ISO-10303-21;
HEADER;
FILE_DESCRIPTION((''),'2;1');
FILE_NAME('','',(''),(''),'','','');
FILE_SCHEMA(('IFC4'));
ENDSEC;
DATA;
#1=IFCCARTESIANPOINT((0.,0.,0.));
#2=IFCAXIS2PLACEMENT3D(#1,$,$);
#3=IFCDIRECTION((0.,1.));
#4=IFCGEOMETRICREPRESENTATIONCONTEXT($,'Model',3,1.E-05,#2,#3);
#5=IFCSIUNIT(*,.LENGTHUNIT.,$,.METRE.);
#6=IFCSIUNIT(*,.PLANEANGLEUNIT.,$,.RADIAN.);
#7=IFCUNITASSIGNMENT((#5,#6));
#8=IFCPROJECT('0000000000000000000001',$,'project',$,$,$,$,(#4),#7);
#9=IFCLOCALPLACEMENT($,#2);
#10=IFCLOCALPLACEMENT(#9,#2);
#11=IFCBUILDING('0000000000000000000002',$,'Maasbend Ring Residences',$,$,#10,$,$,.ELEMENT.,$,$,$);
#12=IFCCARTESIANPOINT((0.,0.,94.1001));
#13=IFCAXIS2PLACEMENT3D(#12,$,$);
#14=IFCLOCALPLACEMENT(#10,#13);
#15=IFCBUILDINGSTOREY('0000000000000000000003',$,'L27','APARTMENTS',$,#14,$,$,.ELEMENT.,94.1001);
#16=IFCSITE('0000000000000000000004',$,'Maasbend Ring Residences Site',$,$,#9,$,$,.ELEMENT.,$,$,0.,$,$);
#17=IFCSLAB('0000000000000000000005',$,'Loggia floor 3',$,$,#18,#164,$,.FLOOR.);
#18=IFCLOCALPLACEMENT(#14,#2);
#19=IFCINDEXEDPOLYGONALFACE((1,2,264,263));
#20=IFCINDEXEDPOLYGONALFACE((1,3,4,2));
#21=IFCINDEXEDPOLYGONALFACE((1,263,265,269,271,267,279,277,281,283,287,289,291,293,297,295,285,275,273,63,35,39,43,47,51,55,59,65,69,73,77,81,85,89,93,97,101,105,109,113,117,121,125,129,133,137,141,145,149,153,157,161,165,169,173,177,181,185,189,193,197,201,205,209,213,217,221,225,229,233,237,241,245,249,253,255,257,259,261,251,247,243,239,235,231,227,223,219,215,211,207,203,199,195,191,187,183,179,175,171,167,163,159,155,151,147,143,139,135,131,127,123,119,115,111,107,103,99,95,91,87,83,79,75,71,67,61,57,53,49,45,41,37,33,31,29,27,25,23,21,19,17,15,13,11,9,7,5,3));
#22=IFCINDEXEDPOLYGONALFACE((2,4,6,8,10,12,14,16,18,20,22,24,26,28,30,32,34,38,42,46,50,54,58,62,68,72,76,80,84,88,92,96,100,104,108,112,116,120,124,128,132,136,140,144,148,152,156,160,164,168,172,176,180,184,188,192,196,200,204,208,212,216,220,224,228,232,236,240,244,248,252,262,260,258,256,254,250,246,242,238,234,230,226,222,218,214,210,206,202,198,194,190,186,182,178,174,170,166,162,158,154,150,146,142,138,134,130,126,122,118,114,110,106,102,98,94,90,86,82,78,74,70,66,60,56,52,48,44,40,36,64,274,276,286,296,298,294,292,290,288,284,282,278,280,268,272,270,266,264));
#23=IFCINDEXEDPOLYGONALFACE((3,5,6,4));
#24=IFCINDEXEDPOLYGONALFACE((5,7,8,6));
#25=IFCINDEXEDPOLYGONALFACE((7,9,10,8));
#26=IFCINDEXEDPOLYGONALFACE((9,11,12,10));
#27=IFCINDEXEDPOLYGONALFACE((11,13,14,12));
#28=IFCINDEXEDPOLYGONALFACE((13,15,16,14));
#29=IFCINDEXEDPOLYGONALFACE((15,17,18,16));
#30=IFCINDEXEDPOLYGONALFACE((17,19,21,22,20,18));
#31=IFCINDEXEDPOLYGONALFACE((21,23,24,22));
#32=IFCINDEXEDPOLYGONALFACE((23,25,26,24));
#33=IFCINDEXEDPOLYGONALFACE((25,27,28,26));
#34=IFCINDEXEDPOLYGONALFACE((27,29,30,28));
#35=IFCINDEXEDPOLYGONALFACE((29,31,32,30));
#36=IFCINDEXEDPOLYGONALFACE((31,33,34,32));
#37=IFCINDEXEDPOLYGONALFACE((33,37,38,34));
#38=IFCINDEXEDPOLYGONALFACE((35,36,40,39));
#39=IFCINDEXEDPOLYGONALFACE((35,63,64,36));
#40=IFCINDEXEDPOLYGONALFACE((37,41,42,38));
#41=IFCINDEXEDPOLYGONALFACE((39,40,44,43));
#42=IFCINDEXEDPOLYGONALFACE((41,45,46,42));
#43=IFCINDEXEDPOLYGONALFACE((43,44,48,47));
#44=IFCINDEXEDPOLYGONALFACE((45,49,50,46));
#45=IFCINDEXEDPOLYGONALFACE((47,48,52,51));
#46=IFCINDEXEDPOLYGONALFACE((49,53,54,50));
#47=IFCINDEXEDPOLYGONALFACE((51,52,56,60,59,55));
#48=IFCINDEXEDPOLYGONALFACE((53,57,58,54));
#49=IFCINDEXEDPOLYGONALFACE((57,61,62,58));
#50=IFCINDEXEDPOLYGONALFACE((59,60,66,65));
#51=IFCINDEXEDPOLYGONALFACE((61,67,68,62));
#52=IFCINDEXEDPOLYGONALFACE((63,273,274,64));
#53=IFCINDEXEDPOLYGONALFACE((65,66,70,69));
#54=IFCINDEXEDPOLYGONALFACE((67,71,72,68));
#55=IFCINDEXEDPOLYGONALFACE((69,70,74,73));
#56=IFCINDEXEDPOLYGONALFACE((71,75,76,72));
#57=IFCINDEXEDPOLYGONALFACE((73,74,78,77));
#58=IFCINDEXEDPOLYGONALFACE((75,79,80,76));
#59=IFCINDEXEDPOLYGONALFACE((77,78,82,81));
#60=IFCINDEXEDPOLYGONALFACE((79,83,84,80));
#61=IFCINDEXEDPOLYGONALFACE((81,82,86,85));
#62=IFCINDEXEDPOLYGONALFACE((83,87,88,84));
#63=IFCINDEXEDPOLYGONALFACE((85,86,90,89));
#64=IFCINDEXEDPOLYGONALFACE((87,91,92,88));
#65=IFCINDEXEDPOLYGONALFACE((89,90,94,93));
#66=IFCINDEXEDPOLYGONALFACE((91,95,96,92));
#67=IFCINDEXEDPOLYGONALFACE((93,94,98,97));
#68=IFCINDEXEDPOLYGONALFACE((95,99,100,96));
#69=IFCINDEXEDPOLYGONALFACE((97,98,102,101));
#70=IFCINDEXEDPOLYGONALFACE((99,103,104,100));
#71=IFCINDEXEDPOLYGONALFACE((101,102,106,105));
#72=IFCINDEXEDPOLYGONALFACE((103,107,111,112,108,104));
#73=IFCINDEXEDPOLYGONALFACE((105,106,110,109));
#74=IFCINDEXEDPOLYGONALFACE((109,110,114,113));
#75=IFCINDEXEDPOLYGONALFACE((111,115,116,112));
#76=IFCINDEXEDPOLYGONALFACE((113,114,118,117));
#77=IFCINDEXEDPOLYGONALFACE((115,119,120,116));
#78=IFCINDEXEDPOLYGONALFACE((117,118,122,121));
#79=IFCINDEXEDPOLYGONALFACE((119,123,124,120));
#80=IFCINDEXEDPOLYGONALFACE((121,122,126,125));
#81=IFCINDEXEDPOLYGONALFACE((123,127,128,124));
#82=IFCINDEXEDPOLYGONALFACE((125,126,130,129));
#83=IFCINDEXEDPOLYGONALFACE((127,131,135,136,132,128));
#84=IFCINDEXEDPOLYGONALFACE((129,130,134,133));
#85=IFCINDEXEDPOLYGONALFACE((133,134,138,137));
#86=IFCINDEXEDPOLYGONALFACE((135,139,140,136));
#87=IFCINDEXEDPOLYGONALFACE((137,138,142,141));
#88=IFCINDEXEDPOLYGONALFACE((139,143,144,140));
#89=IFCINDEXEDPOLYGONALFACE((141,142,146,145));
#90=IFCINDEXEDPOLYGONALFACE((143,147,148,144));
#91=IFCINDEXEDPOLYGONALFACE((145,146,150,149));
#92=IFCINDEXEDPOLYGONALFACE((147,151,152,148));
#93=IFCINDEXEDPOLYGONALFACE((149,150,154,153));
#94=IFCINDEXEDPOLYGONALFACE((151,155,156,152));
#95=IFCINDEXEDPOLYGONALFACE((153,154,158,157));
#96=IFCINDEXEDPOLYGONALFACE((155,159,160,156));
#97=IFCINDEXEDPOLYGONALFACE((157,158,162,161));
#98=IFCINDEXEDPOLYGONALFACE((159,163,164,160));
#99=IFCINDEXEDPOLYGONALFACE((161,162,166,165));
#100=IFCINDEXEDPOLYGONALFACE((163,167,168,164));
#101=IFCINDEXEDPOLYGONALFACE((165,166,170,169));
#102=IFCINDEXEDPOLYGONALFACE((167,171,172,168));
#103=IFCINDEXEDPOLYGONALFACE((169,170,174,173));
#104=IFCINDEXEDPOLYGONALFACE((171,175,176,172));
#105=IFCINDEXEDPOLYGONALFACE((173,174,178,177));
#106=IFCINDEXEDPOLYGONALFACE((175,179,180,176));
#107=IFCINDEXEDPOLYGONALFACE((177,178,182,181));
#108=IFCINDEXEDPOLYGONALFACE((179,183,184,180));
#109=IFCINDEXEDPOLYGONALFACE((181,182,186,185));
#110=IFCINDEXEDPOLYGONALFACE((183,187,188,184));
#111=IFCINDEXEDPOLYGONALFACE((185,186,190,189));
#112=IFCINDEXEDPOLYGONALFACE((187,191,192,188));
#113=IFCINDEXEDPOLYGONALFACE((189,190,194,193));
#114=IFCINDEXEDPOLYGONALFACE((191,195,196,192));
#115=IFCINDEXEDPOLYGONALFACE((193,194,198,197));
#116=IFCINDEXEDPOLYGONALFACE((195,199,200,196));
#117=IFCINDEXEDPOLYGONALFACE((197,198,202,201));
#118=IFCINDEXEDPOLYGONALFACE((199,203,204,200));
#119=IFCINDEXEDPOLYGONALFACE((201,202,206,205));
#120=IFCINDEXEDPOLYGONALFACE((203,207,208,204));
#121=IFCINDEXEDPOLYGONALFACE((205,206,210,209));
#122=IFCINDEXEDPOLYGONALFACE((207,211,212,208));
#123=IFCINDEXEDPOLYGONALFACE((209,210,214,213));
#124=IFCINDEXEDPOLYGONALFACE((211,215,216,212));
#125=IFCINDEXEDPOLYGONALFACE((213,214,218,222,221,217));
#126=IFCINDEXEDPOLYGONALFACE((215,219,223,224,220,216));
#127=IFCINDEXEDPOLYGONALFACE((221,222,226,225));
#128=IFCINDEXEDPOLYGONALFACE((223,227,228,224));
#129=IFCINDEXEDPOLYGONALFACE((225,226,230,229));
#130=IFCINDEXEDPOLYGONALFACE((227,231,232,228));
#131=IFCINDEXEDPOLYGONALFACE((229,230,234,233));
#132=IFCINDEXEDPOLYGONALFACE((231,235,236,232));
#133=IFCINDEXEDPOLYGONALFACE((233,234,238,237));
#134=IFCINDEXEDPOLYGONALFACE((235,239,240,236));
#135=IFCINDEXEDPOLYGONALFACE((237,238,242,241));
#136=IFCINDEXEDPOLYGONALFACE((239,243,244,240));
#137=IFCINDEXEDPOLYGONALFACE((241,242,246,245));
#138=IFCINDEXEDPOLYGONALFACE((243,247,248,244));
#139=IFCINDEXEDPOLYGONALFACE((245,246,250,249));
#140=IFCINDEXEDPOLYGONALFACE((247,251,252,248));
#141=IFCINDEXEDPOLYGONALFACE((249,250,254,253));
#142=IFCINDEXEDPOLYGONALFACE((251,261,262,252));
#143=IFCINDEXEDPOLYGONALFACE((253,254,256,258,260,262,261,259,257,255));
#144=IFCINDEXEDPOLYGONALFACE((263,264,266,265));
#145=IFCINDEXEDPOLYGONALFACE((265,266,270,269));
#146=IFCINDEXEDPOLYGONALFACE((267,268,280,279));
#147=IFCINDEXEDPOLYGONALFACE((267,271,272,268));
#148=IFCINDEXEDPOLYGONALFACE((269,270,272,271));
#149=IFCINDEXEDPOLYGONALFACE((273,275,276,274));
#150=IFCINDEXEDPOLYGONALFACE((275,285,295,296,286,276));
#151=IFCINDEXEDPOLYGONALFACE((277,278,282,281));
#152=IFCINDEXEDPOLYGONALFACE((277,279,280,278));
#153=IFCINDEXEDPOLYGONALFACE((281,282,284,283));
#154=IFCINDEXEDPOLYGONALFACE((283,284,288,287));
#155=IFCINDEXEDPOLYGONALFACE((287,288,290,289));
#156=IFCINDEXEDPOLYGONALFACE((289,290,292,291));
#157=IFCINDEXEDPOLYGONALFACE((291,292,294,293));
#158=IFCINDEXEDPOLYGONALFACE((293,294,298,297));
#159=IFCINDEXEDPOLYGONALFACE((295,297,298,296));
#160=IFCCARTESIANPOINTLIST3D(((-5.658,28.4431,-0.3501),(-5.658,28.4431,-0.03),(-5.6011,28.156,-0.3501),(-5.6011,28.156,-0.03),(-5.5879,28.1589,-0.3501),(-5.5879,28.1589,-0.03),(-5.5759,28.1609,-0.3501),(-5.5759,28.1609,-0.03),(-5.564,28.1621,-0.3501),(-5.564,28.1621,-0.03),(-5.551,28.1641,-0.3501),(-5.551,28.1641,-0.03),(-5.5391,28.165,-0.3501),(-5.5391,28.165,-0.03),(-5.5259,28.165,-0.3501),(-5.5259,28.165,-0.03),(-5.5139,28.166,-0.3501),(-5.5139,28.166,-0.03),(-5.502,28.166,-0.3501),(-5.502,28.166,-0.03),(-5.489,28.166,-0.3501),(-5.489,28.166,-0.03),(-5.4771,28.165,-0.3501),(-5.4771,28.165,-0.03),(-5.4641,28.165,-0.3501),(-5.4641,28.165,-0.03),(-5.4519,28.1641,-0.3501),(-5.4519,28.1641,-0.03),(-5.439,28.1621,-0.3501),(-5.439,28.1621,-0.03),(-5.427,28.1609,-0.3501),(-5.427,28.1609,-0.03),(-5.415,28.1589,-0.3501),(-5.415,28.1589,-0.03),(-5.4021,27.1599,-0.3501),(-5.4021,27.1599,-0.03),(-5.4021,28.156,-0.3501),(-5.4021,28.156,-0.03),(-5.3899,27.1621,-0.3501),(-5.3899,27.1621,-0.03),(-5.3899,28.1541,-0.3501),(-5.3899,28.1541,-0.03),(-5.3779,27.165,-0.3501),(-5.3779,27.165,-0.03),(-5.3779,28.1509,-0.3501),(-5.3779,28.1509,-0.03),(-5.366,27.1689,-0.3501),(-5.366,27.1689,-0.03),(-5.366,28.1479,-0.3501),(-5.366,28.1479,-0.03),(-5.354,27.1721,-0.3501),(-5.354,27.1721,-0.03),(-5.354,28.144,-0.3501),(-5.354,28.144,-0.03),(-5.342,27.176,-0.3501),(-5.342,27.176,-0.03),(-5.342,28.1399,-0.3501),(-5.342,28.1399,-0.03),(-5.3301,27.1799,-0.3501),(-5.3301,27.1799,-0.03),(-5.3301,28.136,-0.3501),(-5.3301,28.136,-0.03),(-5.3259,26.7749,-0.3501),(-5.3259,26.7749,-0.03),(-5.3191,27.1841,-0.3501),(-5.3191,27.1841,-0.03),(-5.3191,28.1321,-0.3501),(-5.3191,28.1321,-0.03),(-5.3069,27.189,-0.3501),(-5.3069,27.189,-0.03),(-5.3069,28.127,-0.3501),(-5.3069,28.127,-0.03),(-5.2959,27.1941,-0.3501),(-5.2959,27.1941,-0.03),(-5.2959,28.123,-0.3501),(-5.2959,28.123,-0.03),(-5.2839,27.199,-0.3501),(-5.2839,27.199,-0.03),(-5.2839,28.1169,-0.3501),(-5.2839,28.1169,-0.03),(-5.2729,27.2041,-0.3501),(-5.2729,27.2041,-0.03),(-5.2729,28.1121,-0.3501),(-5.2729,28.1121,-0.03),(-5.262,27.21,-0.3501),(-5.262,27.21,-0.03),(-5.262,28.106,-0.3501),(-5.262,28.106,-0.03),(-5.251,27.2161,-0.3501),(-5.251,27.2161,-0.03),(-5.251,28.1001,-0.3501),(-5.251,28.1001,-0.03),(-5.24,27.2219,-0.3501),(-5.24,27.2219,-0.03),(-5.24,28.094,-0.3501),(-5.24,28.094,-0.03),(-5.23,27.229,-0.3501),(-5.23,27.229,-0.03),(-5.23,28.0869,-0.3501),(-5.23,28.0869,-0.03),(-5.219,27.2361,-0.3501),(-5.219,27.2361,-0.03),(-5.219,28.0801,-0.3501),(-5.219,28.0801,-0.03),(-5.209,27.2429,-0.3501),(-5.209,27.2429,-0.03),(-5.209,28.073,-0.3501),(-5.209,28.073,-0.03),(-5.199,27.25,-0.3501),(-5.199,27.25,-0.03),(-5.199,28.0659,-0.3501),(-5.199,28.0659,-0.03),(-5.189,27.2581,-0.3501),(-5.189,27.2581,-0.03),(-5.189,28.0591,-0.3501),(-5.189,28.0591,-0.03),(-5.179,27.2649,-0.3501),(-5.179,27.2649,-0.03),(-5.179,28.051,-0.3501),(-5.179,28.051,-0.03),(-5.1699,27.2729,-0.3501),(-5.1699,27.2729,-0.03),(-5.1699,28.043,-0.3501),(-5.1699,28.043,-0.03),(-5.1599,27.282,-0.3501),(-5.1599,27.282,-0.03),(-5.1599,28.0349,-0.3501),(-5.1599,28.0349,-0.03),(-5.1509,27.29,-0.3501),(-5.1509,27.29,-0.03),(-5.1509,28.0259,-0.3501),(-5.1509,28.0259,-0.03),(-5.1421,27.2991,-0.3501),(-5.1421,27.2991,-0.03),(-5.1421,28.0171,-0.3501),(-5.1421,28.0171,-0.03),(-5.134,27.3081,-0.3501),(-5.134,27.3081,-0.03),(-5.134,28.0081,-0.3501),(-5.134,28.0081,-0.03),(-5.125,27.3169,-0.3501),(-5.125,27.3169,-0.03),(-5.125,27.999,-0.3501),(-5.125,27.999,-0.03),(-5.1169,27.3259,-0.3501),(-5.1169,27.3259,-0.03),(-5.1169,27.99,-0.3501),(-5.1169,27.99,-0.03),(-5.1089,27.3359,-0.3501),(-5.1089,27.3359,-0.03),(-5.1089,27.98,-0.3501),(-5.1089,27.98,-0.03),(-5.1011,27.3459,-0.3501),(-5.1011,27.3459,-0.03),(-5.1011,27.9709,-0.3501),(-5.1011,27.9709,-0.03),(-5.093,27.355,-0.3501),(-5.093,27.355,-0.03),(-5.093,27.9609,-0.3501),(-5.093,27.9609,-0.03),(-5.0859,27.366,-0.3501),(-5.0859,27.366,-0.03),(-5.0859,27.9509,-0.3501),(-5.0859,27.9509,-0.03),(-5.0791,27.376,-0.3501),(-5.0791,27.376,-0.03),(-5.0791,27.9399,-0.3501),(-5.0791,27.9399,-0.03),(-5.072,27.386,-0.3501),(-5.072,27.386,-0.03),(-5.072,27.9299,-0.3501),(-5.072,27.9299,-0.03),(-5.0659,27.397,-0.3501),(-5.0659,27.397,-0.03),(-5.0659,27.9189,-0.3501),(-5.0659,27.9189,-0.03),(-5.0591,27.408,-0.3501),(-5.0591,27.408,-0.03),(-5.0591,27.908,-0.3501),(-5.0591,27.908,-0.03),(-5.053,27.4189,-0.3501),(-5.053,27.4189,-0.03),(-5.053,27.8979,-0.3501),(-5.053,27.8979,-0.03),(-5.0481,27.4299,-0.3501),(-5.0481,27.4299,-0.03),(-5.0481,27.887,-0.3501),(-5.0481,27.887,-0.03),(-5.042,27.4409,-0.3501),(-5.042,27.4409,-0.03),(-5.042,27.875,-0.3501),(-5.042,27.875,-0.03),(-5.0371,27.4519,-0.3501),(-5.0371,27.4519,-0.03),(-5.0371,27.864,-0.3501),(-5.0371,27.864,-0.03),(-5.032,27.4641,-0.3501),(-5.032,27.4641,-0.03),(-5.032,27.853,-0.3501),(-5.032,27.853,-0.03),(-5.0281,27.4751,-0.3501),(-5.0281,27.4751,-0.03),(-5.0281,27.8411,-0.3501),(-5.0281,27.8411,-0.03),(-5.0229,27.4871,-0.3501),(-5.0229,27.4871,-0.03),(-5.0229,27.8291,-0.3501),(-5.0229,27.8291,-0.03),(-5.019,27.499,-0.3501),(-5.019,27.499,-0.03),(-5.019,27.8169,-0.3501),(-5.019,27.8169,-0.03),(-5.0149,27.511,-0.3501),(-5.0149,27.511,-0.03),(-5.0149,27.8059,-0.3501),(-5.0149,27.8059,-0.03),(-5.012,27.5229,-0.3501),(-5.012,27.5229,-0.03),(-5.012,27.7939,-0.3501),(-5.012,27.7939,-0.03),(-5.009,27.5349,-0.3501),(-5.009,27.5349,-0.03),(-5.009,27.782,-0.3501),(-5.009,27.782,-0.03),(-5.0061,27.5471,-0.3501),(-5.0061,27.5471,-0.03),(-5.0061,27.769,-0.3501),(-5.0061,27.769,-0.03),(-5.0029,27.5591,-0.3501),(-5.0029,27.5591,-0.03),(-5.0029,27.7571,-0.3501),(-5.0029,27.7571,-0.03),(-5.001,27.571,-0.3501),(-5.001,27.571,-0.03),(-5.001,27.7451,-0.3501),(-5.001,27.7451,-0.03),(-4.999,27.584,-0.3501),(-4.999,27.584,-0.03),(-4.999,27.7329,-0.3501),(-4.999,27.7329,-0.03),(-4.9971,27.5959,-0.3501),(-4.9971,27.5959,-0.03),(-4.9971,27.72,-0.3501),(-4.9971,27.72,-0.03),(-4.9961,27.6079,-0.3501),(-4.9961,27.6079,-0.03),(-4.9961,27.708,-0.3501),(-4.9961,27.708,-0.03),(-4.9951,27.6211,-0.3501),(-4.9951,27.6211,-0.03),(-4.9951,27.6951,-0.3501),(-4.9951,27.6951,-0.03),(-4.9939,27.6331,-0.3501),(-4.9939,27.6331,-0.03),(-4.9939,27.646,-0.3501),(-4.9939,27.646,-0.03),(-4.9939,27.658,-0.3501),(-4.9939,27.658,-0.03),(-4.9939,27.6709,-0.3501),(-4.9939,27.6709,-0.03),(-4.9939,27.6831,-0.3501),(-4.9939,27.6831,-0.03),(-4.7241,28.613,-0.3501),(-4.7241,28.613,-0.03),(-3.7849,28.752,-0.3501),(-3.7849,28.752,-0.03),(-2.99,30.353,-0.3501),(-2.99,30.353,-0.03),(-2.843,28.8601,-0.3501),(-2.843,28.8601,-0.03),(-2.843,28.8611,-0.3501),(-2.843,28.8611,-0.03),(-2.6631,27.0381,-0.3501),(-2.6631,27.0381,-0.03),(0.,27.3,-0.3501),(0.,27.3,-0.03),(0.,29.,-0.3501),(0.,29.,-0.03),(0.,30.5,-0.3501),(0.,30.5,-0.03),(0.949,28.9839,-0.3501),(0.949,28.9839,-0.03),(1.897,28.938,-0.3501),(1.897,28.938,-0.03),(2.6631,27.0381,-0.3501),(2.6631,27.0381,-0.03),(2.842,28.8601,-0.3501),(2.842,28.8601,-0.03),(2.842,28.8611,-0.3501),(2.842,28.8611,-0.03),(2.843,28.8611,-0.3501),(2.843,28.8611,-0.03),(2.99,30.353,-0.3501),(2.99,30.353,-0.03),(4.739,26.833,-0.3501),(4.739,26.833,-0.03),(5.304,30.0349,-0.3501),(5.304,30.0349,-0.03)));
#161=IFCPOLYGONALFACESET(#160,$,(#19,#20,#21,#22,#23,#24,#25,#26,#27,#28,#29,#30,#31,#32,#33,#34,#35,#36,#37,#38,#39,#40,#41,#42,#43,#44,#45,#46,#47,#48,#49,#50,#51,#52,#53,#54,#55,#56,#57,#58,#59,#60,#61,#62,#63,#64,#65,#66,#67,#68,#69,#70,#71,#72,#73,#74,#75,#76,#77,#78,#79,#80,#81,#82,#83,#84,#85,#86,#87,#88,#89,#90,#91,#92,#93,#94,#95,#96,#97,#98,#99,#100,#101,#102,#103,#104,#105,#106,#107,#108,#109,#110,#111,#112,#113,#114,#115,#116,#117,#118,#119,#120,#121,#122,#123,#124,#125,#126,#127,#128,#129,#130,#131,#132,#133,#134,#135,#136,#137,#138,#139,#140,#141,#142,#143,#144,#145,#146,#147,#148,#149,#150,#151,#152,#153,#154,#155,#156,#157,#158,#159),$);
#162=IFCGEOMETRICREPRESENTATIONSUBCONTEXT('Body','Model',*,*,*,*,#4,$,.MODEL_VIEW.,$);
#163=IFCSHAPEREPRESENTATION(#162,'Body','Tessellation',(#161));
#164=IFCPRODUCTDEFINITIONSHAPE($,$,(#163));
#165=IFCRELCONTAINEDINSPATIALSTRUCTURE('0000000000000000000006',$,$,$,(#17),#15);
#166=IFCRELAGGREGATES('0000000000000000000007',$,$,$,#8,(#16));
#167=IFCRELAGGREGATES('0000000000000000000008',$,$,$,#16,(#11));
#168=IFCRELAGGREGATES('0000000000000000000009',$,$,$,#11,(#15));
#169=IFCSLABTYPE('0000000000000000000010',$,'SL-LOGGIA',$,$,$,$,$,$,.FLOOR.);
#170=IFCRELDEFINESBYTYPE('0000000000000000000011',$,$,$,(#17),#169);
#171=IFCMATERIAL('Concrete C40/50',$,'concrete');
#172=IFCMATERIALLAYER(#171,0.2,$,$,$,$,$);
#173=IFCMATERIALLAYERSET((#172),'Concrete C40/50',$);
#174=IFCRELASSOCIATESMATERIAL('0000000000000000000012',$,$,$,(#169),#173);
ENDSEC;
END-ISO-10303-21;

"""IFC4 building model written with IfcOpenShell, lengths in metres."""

from ifc_helpers import new_model, si_unit, direction, frame, origin, place, context, subcontext, project, spatial, polyline, outline, extrude, material, layer, layer_set, type_object, element, save


model = new_model("IFC4")

# Units and contexts
model_context = context("Model", 3, precision=1e-05, world=origin(), true_north=direction((0.0, 1.0)))
body_context = subcontext(model_context, "Body", "Model", "MODEL_VIEW")
ifc_project = project(units=[si_unit("LENGTHUNIT", "METRE"), si_unit("PLANEANGLEUNIT", "RADIAN")], contexts=[model_context])

# Site, building, storey
site_placement = place(None, origin())
site = spatial("IfcSite", under=ifc_project, at=site_placement, Name="Maasbend Ring Residences Site", CompositionType="ELEMENT", RefElevation=0.0)
building_placement = place(site_placement, origin())
building = spatial("IfcBuilding", under=site, at=building_placement, Name="Maasbend Ring Residences", CompositionType="ELEMENT")
storey_placement = place(building_placement, frame((0.0, 0.0, 94.1001)))
storey = spatial("IfcBuildingStorey", under=building, at=storey_placement, Name="L27", Description="APARTMENTS", CompositionType="ELEMENT", Elevation=94.1001)

# Slab
ifc_material_1 = material(Name="Concrete C40/50", Category="concrete")
ifc_layer_1 = layer(ifc_material_1, 0.2)
ifc_layer_set_1 = layer_set([ifc_layer_1], Name="Concrete C40/50")
slab_type_1 = type_object("IfcSlabType", Name="SL-LOGGIA", PredefinedType="FLOOR", material=ifc_layer_set_1)
slab_1_placement = place(storey_placement, frame((0.0, 0.0, -0.3501)))
element("IfcSlab", 1, at=slab_1_placement, inside=storey, type_object=slab_type_1, Name="Loggia floor 3", PredefinedType="FLOOR", context=body_context, shape_type="SweptSolid", body=[
    extrude(outline(polyline([(-3.7849, 28.752), (-2.843, 28.8601), (-2.843, 28.8601), (-2.843, 28.8601), (-2.843, 28.8601), (-2.843, 28.8601), (-2.843, 28.8601), (-2.843, 28.8601), (-2.843, 28.8601), (-2.843, 28.8601), (-2.843, 28.8611), (-2.843, 28.8611), (-2.843, 28.8611), (-2.843, 28.8611), (-2.843, 28.8611), (-2.843, 28.8611), (-2.843, 28.8611), (-2.843, 28.8611), (-2.99, 30.353), (-2.99, 30.353), (-2.99, 30.353), (0.0, 30.5), (0.0, 30.5), (0.0, 30.5), (0.0, 29.0), (0.0, 29.0), (0.0, 29.0), (0.0, 29.0), (0.0, 29.0), (0.0, 29.0), (0.0, 29.0), (0.0, 29.0), (0.0, 29.0), (0.0, 29.0), (0.0, 29.0), (0.0, 29.0), (0.0, 29.0), (0.0, 29.0), (0.0, 29.0), (0.0, 29.0), (0.0, 29.0), (0.949, 28.9839), (0.949, 28.9839), (1.897, 28.938), (1.897, 28.938), (2.842, 28.8601), (2.842, 28.8601), (2.842, 28.8601), (2.842, 28.8601), (2.842, 28.8601), (2.842, 28.8601), (2.842, 28.8601), (2.842, 28.8601), (2.842, 28.8611), (2.842, 28.8611), (2.842, 28.8611), (2.842, 28.8611), (2.842, 28.8611), (2.843, 28.8611), (2.843, 28.8611), (2.843, 28.8611), (2.843, 28.8611), (2.99, 30.353), (2.99, 30.353), (2.99, 30.353), (5.304, 30.0349), (5.304, 30.0349), (5.304, 30.0349), (4.739, 26.833), (4.739, 26.833), (4.739, 26.833), (2.6631, 27.0381), (0.0, 27.3), (0.0, 27.3), (0.0, 27.3), (-2.6631, 27.0381), (-5.3259, 26.7749), (-5.3259, 26.7749), (-5.3259, 26.7749), (-5.4021, 27.1599), (-5.4021, 27.1599), (-5.3899, 27.1621), (-5.3779, 27.165), (-5.366, 27.1689), (-5.354, 27.1721), (-5.342, 27.176), (-5.3301, 27.1799), (-5.3191, 27.1841), (-5.3069, 27.189), (-5.2959, 27.1941), (-5.2839, 27.199), (-5.2729, 27.2041), (-5.262, 27.21), (-5.251, 27.2161), (-5.24, 27.2219), (-5.23, 27.229), (-5.219, 27.2361), (-5.209, 27.2429), (-5.199, 27.25), (-5.189, 27.2581), (-5.179, 27.2649), (-5.1699, 27.2729), (-5.1599, 27.282), (-5.1509, 27.29), (-5.1421, 27.2991), (-5.134, 27.3081), (-5.125, 27.3169), (-5.1169, 27.3259), (-5.1089, 27.3359), (-5.1011, 27.3459), (-5.093, 27.355), (-5.0859, 27.366), (-5.0791, 27.376), (-5.072, 27.386), (-5.0659, 27.397), (-5.0591, 27.408), (-5.053, 27.4189), (-5.0481, 27.4299), (-5.042, 27.4409), (-5.0371, 27.4519), (-5.032, 27.4641), (-5.0281, 27.4751), (-5.0229, 27.4871), (-5.019, 27.499), (-5.0149, 27.511), (-5.012, 27.5229), (-5.009, 27.5349), (-5.0061, 27.5471), (-5.0029, 27.5591), (-5.001, 27.571), (-4.999, 27.584), (-4.9971, 27.5959), (-4.9961, 27.6079), (-4.9951, 27.6211), (-4.9939, 27.6331), (-4.9939, 27.646), (-4.9939, 27.658), (-4.9939, 27.6709), (-4.9939, 27.6831), (-4.9951, 27.6951), (-4.9961, 27.708), (-4.9971, 27.72), (-4.999, 27.7329), (-5.001, 27.7451), (-5.0029, 27.7571), (-5.0061, 27.769), (-5.009, 27.782), (-5.012, 27.7939), (-5.0149, 27.8059), (-5.019, 27.8169), (-5.0229, 27.8291), (-5.0281, 27.8411), (-5.032, 27.853), (-5.0371, 27.864), (-5.042, 27.875), (-5.0481, 27.887), (-5.053, 27.8979), (-5.0591, 27.908), (-5.0659, 27.9189), (-5.072, 27.9299), (-5.0791, 27.9399), (-5.0859, 27.9509), (-5.093, 27.9609), (-5.1011, 27.9709), (-5.1089, 27.98), (-5.1169, 27.99), (-5.125, 27.999), (-5.134, 28.0081), (-5.1421, 28.0171), (-5.1509, 28.0259), (-5.1599, 28.0349), (-5.1699, 28.043), (-5.179, 28.051), (-5.189, 28.0591), (-5.199, 28.0659), (-5.209, 28.073), (-5.219, 28.0801), (-5.23, 28.0869), (-5.24, 28.094), (-5.251, 28.1001), (-5.262, 28.106), (-5.2729, 28.1121), (-5.2839, 28.1169), (-5.2959, 28.123), (-5.3069, 28.127), (-5.3191, 28.1321), (-5.3301, 28.136), (-5.342, 28.1399), (-5.354, 28.144), (-5.366, 28.1479), (-5.3779, 28.1509), (-5.3899, 28.1541), (-5.4021, 28.156), (-5.415, 28.1589), (-5.427, 28.1609), (-5.439, 28.1621), (-5.4519, 28.1641), (-5.4641, 28.165), (-5.4771, 28.165), (-5.489, 28.166), (-5.502, 28.166), (-5.5139, 28.166), (-5.5259, 28.165), (-5.5391, 28.165), (-5.551, 28.1641), (-5.564, 28.1621), (-5.5759, 28.1609), (-5.5879, 28.1589), (-5.6011, 28.156), (-5.6011, 28.156), (-5.658, 28.4431), (-5.658, 28.4431), (-5.658, 28.4431), (-4.7241, 28.613), (-4.7241, 28.613), (-3.7849, 28.752), (-3.7849, 28.752)])), origin(), (0.0, 0.0, 1.0), 0.3201),
])

save(model, "model.ifc")
